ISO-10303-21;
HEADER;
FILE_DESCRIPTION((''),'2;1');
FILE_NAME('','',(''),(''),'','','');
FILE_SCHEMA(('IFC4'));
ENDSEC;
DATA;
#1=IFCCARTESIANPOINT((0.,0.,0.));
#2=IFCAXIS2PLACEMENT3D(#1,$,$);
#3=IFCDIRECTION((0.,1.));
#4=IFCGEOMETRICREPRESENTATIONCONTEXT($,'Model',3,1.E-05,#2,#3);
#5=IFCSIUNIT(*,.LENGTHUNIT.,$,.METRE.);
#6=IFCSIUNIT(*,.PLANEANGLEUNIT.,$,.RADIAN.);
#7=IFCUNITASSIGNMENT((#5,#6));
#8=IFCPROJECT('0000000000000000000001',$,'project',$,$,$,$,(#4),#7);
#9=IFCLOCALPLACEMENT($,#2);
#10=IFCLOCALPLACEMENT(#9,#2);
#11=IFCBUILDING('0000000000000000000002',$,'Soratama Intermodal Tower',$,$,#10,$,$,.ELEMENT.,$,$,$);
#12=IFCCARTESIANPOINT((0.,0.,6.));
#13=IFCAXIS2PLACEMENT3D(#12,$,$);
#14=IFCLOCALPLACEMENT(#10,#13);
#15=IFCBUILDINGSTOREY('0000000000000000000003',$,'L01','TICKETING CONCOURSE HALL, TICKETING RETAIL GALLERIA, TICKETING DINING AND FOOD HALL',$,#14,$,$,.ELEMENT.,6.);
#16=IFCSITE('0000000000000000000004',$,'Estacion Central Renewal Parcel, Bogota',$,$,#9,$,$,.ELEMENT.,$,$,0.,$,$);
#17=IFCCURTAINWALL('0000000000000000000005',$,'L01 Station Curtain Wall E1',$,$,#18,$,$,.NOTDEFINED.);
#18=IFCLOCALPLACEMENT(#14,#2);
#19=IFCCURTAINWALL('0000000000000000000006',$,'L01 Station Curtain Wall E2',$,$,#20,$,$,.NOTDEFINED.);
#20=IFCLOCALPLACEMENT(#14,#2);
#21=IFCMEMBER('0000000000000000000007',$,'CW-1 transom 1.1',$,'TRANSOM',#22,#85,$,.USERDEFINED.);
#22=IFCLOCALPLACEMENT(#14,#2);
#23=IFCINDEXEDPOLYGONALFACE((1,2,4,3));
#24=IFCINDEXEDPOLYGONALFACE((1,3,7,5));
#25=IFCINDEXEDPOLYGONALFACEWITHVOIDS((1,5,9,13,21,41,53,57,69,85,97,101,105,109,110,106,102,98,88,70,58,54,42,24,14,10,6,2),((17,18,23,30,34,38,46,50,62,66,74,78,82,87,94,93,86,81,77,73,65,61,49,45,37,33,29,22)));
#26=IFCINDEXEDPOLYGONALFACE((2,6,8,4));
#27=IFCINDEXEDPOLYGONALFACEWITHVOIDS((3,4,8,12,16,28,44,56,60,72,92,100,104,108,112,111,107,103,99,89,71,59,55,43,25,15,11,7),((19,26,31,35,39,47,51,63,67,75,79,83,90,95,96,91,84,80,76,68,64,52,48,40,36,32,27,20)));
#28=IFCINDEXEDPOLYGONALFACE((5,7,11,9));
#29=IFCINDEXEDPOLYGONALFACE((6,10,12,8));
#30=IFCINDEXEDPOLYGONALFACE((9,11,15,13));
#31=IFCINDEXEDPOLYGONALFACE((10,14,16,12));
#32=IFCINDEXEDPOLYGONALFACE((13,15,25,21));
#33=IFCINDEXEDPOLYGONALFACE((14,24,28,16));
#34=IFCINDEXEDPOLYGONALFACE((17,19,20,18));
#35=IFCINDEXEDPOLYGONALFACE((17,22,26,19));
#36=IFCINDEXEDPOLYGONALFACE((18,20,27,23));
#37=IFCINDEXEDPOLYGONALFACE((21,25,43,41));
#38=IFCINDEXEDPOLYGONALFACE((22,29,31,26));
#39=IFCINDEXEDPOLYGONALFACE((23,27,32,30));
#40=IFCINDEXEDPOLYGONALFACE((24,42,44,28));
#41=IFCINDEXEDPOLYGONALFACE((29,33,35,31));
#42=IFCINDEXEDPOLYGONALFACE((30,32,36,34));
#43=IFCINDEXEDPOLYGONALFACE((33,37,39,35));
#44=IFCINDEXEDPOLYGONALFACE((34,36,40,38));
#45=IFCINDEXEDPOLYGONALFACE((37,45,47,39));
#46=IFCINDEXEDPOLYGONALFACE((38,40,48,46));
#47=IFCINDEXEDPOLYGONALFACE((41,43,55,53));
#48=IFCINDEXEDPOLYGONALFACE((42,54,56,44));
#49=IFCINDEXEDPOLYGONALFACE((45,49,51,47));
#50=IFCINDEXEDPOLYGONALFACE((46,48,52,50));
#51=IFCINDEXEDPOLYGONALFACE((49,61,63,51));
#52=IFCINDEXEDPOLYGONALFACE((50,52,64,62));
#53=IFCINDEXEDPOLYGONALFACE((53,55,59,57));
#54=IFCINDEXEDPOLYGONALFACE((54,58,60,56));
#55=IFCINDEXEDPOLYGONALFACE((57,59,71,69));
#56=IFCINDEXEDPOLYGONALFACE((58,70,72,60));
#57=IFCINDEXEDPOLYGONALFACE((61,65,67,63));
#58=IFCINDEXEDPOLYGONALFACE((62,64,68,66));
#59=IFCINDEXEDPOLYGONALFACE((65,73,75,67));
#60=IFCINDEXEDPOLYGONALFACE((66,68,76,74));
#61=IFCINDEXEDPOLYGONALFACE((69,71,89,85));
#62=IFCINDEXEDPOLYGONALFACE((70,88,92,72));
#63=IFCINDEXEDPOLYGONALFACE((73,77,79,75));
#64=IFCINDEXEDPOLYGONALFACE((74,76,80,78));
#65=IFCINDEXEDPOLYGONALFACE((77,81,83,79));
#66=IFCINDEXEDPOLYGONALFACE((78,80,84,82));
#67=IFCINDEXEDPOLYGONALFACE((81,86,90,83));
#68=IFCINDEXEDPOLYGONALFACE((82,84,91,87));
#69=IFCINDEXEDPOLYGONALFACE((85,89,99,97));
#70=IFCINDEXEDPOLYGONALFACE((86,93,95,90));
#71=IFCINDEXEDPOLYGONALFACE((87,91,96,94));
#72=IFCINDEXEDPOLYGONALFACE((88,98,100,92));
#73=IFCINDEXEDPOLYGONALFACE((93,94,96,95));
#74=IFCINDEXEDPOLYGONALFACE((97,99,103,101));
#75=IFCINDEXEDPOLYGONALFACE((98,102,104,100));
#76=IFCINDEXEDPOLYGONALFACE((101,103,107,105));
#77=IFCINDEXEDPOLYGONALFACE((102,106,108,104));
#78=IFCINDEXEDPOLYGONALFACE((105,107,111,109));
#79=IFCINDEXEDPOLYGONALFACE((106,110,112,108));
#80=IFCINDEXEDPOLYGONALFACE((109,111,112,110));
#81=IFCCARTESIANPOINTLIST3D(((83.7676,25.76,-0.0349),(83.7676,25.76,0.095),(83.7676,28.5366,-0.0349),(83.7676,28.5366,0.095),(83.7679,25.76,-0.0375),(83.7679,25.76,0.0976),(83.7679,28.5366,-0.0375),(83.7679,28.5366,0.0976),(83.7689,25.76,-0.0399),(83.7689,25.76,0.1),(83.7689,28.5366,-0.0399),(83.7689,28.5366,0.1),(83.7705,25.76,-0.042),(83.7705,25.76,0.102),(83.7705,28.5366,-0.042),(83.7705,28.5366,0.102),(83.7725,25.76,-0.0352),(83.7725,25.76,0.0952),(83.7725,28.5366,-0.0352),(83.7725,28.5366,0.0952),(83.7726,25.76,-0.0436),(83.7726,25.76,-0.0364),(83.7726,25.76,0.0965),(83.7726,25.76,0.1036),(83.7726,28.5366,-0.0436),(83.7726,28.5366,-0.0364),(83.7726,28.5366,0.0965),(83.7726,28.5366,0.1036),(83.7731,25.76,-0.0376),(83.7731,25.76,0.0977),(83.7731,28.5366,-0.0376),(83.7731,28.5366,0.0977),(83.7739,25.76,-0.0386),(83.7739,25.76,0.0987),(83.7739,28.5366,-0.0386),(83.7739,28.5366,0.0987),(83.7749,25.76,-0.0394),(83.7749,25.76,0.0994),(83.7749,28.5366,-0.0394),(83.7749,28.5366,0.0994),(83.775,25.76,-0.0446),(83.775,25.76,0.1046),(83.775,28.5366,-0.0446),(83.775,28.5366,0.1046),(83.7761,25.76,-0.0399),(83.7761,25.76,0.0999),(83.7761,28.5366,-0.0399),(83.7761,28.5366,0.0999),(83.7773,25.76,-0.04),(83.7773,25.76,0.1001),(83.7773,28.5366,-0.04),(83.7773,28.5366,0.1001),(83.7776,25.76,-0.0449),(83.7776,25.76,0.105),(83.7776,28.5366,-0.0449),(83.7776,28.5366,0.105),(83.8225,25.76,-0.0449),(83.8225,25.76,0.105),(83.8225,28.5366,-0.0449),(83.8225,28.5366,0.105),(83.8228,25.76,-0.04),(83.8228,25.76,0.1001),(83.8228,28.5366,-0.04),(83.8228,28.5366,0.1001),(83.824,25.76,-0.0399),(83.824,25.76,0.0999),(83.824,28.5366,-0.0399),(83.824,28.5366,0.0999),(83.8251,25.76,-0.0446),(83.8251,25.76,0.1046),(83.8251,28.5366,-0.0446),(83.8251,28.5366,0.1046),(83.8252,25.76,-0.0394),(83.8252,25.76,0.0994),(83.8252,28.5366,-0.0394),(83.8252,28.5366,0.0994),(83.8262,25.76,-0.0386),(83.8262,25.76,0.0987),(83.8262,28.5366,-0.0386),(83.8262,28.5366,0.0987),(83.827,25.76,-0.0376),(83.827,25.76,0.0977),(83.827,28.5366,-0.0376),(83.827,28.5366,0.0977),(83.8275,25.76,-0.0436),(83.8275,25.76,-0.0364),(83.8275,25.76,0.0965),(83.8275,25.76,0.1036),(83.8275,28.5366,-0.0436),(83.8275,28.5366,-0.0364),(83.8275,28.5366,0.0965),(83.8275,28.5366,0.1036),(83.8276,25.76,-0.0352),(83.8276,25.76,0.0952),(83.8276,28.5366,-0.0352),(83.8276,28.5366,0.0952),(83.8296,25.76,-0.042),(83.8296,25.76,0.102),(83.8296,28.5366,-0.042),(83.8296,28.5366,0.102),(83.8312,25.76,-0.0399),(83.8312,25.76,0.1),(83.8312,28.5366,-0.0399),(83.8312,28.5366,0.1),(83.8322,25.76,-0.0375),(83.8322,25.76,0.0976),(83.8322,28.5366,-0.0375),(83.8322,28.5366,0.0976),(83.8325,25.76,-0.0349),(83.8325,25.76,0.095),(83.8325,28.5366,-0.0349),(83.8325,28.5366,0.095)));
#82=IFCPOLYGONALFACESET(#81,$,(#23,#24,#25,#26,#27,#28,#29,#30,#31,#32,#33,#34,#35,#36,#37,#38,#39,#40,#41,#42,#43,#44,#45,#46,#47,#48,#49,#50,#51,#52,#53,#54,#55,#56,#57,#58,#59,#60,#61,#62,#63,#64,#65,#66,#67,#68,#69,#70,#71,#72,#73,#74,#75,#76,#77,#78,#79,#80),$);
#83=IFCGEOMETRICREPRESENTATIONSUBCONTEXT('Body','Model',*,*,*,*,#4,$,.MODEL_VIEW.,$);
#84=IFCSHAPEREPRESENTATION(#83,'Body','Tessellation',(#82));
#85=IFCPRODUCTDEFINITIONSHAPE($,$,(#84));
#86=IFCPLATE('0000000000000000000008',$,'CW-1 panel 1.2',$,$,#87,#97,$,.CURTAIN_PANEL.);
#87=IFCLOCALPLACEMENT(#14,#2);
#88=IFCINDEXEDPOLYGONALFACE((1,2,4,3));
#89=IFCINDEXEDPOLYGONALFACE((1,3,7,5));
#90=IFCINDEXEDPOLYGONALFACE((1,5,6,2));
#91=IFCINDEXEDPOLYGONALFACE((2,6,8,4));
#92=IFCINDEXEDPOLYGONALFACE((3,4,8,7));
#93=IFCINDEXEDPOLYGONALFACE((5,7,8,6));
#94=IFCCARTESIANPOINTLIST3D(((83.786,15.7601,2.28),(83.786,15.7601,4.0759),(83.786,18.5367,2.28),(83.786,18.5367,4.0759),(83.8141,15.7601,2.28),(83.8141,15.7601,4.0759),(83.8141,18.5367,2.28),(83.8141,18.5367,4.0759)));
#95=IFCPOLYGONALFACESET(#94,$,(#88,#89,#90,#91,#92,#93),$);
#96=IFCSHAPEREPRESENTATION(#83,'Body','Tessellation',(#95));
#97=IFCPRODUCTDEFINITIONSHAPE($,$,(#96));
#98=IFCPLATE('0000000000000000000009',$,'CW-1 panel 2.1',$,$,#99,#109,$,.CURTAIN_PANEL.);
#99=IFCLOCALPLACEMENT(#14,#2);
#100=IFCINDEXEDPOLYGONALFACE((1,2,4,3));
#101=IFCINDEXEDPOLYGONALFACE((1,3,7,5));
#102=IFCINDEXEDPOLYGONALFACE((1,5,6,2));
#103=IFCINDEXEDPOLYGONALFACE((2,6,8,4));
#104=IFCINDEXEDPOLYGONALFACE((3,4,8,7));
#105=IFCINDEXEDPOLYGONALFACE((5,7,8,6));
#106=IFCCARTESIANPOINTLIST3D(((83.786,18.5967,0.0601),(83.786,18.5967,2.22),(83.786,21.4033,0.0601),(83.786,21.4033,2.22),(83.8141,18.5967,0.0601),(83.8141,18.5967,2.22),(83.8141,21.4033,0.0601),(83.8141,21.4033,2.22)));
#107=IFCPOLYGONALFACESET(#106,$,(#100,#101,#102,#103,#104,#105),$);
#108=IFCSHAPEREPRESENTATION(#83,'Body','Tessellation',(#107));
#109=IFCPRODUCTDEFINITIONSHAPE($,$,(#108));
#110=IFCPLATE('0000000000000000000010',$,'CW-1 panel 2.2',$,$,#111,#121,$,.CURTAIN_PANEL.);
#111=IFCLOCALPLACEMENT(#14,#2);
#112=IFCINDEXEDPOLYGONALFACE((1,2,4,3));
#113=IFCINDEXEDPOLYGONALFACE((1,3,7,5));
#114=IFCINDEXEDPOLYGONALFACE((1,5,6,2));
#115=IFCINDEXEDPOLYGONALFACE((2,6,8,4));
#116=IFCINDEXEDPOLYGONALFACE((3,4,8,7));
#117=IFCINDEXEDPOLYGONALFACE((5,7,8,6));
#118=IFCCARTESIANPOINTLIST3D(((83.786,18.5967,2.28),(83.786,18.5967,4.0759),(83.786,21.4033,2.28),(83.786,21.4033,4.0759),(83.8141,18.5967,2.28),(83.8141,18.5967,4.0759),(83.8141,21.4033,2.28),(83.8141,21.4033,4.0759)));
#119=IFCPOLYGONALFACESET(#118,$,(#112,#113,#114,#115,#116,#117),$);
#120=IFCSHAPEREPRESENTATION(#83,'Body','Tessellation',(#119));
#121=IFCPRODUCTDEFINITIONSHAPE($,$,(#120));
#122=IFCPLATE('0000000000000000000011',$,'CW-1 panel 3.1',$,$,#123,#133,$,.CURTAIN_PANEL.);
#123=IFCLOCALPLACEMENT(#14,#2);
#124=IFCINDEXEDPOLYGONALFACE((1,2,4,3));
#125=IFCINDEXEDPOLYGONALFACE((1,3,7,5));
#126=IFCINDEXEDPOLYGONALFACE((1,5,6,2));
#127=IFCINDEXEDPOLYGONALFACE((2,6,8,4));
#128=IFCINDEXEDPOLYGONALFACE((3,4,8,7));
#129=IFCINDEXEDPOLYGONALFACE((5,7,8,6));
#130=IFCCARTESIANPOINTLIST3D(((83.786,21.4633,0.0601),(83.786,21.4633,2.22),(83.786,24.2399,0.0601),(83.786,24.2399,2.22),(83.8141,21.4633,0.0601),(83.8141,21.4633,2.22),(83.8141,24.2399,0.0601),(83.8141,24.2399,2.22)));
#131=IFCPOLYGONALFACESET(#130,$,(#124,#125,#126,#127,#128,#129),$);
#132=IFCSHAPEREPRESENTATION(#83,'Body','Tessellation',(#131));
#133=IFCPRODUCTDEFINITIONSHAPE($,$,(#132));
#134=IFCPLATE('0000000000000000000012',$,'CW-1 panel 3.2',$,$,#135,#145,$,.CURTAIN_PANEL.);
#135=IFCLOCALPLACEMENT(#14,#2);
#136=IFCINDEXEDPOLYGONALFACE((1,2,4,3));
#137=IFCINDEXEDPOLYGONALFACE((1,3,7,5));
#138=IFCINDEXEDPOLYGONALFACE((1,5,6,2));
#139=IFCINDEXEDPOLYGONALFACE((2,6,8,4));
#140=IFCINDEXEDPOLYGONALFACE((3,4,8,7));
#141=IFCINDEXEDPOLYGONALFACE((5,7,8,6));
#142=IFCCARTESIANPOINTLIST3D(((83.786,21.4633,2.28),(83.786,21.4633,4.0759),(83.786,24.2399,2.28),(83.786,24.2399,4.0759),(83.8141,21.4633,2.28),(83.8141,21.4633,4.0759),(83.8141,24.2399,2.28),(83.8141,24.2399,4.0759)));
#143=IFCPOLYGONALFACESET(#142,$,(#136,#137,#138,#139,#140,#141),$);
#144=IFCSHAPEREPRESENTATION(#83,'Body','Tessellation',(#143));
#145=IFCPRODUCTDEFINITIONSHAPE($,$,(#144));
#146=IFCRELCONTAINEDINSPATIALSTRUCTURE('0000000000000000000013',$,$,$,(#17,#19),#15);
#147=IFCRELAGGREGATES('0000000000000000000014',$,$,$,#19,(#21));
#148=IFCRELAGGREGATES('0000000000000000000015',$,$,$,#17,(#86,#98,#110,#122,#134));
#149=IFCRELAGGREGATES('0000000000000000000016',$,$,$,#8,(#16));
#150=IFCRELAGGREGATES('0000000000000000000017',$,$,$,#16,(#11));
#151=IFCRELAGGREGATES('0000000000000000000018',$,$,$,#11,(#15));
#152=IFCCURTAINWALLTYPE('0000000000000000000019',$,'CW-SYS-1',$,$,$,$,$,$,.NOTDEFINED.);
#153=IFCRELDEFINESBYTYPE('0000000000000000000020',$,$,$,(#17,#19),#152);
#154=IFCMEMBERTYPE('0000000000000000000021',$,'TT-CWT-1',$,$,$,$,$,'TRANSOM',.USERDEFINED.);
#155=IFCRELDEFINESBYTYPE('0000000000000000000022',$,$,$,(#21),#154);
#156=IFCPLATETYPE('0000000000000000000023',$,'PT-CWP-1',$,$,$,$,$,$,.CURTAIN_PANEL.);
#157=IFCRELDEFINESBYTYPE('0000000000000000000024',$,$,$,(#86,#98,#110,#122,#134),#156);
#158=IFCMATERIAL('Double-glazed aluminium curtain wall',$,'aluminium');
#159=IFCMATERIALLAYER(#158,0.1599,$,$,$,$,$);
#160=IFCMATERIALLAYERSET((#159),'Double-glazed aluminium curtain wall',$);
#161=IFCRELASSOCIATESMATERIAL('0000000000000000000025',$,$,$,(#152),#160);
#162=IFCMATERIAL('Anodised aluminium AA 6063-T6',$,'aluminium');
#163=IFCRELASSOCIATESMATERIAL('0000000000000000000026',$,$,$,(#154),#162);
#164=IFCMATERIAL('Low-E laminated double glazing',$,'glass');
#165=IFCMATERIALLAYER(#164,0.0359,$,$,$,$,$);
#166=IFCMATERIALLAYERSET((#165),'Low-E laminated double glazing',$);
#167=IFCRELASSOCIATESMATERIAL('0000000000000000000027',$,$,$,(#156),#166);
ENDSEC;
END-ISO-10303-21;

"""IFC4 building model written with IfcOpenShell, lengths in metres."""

from ifc_helpers import new_model, si_unit, direction, frame, origin, origin_2d, place, context, subcontext, project, spatial, rectangle, hollow_rectangle, extrude, material, layer, layer_set, material_profile, profile_set, type_object, element, aggregate, save


model = new_model("IFC4")

# Units and contexts
model_context = context("Model", 3, precision=1e-05, world=origin(), true_north=direction((0.0, 1.0)))
body_context = subcontext(model_context, "Body", "Model", "MODEL_VIEW")
ifc_project = project(units=[si_unit("LENGTHUNIT", "METRE"), si_unit("PLANEANGLEUNIT", "RADIAN")], contexts=[model_context])

# Site, building, storey
site_placement = place(None, origin())
site = spatial("IfcSite", under=ifc_project, at=site_placement, Name="Estacion Central Renewal Parcel, Bogota", CompositionType="ELEMENT", RefElevation=0.0)
building_placement = place(site_placement, origin())
building = spatial("IfcBuilding", under=site, at=building_placement, Name="Soratama Intermodal Tower", CompositionType="ELEMENT")
storey_placement = place(building_placement, frame((0.0, 0.0, 6.0)))
storey = spatial("IfcBuildingStorey", under=building, at=storey_placement, Name="L01", Description="TICKETING CONCOURSE HALL, TICKETING RETAIL GALLERIA, TICKETING DINING AND FOOD HALL", CompositionType="ELEMENT", Elevation=6.0)

# Curtain wall
ifc_material_1 = material(Name="Double-glazed aluminium curtain wall", Category="aluminium")
ifc_layer_1 = layer(ifc_material_1, 0.1599)
ifc_layer_set_1 = layer_set([ifc_layer_1], Name="Double-glazed aluminium curtain wall")
curtain_wall_type = type_object("IfcCurtainWallType", Name="CW-SYS-1", PredefinedType="NOTDEFINED", material=ifc_layer_set_1)
curtain_wall_1_placement = place(storey_placement, origin())
curtain_wall_1 = element("IfcCurtainWall", 1, at=curtain_wall_1_placement, inside=storey, type_object=curtain_wall_type, Name="L01 Station Curtain Wall E1", PredefinedType="NOTDEFINED")

# Curtain wall
curtain_wall_2_placement = place(storey_placement, origin())
curtain_wall_2 = element("IfcCurtainWall", 2, at=curtain_wall_2_placement, inside=storey, type_object=curtain_wall_type, Name="L01 Station Curtain Wall E2", PredefinedType="NOTDEFINED")

# Member
ifc_material_2 = material(Name="Anodised aluminium AA 6063-T6", Category="aluminium")
ifc_material_profile_1 = material_profile(ifc_material_2, hollow_rectangle(XDim=0.0649, YDim=0.1499, WallThickness=0.0049, InnerFilletRadius=0.0049, OuterFilletRadius=0.01, at=origin_2d()), Name="CWT150X65X5")
ifc_profile_set_1 = profile_set([ifc_material_profile_1], Name="Anodised aluminium AA 6063-T6")
member_type_1 = type_object("IfcMemberType", Name="TT-CWT-1", ElementType="TRANSOM", PredefinedType="USERDEFINED", material=ifc_profile_set_1)
member_1_placement = place(storey_placement, frame((83.8, 25.76, 0.03), z_axis=(0.0, 1.0, 0.0), x_axis=(-1.0, 0.0, 0.0)))
member_1 = element("IfcMember", 3, at=member_1_placement, type_object=member_type_1, Name="CW-1 transom 1.1", ObjectType="TRANSOM", PredefinedType="USERDEFINED", context=body_context, shape_type="SweptSolid", body=[
    extrude(hollow_rectangle(XDim=0.0649, YDim=0.1499, WallThickness=0.0049, InnerFilletRadius=0.0049, OuterFilletRadius=0.01, at=origin_2d()), origin(), (0.0, 0.0, 1.0), 2.7766),
])
aggregate(curtain_wall_2, [member_1])

# Plates
ifc_material_3 = material(Name="Low-E laminated double glazing", Category="glass")
ifc_layer_2 = layer(ifc_material_3, 0.0359)
ifc_layer_set_2 = layer_set([ifc_layer_2], Name="Low-E laminated double glazing")
plate_type = type_object("IfcPlateType", Name="PT-CWP-1", PredefinedType="CURTAIN_PANEL", material=ifc_layer_set_2)
plate_1_placement = place(storey_placement, frame((83.8, 17.1484, 2.28), z_axis=(0.0, 0.0, 1.0), x_axis=(0.0, 1.0, 0.0)))
plate_1 = element("IfcPlate", 4, at=plate_1_placement, type_object=plate_type, Name="CW-1 panel 1.2", PredefinedType="CURTAIN_PANEL", context=body_context, shape_type="SweptSolid", body=[
    extrude(rectangle(XDim=2.7766, YDim=0.0281, at=origin_2d()), origin(), (0.0, 0.0, 1.0), 1.7959),
])
plate_2_placement = place(storey_placement, frame((83.8, 20.0, 0.0601), z_axis=(0.0, 0.0, 1.0), x_axis=(0.0, 1.0, 0.0)))
plate_2 = element("IfcPlate", 5, at=plate_2_placement, type_object=plate_type, Name="CW-1 panel 2.1", PredefinedType="CURTAIN_PANEL", context=body_context, shape_type="SweptSolid", body=[
    extrude(rectangle(XDim=2.8066, YDim=0.0281, at=origin_2d()), origin(), (0.0, 0.0, 1.0), 2.1599),
])
plate_3_placement = place(storey_placement, frame((83.8, 20.0, 2.28), z_axis=(0.0, 0.0, 1.0), x_axis=(0.0, 1.0, 0.0)))
plate_3 = element("IfcPlate", 6, at=plate_3_placement, type_object=plate_type, Name="CW-1 panel 2.2", PredefinedType="CURTAIN_PANEL", context=body_context, shape_type="SweptSolid", body=[
    extrude(rectangle(XDim=2.8066, YDim=0.0281, at=origin_2d()), origin(), (0.0, 0.0, 1.0), 1.7959),
])
plate_4_placement = place(storey_placement, frame((83.8, 22.8516, 0.0601), z_axis=(0.0, 0.0, 1.0), x_axis=(0.0, 1.0, 0.0)))
plate_4 = element("IfcPlate", 7, at=plate_4_placement, type_object=plate_type, Name="CW-1 panel 3.1", PredefinedType="CURTAIN_PANEL", context=body_context, shape_type="SweptSolid", body=[
    extrude(rectangle(XDim=2.7766, YDim=0.0281, at=origin_2d()), origin(), (0.0, 0.0, 1.0), 2.1599),
])
plate_5_placement = place(storey_placement, frame((83.8, 22.8516, 2.28), z_axis=(0.0, 0.0, 1.0), x_axis=(0.0, 1.0, 0.0)))
plate_5 = element("IfcPlate", 8, at=plate_5_placement, type_object=plate_type, Name="CW-1 panel 3.2", PredefinedType="CURTAIN_PANEL", context=body_context, shape_type="SweptSolid", body=[
    extrude(rectangle(XDim=2.7766, YDim=0.0281, at=origin_2d()), origin(), (0.0, 0.0, 1.0), 1.7959),
])
aggregate(curtain_wall_1, [plate_1, plate_2, plate_3, plate_4, plate_5])

save(model, "model.ifc")
